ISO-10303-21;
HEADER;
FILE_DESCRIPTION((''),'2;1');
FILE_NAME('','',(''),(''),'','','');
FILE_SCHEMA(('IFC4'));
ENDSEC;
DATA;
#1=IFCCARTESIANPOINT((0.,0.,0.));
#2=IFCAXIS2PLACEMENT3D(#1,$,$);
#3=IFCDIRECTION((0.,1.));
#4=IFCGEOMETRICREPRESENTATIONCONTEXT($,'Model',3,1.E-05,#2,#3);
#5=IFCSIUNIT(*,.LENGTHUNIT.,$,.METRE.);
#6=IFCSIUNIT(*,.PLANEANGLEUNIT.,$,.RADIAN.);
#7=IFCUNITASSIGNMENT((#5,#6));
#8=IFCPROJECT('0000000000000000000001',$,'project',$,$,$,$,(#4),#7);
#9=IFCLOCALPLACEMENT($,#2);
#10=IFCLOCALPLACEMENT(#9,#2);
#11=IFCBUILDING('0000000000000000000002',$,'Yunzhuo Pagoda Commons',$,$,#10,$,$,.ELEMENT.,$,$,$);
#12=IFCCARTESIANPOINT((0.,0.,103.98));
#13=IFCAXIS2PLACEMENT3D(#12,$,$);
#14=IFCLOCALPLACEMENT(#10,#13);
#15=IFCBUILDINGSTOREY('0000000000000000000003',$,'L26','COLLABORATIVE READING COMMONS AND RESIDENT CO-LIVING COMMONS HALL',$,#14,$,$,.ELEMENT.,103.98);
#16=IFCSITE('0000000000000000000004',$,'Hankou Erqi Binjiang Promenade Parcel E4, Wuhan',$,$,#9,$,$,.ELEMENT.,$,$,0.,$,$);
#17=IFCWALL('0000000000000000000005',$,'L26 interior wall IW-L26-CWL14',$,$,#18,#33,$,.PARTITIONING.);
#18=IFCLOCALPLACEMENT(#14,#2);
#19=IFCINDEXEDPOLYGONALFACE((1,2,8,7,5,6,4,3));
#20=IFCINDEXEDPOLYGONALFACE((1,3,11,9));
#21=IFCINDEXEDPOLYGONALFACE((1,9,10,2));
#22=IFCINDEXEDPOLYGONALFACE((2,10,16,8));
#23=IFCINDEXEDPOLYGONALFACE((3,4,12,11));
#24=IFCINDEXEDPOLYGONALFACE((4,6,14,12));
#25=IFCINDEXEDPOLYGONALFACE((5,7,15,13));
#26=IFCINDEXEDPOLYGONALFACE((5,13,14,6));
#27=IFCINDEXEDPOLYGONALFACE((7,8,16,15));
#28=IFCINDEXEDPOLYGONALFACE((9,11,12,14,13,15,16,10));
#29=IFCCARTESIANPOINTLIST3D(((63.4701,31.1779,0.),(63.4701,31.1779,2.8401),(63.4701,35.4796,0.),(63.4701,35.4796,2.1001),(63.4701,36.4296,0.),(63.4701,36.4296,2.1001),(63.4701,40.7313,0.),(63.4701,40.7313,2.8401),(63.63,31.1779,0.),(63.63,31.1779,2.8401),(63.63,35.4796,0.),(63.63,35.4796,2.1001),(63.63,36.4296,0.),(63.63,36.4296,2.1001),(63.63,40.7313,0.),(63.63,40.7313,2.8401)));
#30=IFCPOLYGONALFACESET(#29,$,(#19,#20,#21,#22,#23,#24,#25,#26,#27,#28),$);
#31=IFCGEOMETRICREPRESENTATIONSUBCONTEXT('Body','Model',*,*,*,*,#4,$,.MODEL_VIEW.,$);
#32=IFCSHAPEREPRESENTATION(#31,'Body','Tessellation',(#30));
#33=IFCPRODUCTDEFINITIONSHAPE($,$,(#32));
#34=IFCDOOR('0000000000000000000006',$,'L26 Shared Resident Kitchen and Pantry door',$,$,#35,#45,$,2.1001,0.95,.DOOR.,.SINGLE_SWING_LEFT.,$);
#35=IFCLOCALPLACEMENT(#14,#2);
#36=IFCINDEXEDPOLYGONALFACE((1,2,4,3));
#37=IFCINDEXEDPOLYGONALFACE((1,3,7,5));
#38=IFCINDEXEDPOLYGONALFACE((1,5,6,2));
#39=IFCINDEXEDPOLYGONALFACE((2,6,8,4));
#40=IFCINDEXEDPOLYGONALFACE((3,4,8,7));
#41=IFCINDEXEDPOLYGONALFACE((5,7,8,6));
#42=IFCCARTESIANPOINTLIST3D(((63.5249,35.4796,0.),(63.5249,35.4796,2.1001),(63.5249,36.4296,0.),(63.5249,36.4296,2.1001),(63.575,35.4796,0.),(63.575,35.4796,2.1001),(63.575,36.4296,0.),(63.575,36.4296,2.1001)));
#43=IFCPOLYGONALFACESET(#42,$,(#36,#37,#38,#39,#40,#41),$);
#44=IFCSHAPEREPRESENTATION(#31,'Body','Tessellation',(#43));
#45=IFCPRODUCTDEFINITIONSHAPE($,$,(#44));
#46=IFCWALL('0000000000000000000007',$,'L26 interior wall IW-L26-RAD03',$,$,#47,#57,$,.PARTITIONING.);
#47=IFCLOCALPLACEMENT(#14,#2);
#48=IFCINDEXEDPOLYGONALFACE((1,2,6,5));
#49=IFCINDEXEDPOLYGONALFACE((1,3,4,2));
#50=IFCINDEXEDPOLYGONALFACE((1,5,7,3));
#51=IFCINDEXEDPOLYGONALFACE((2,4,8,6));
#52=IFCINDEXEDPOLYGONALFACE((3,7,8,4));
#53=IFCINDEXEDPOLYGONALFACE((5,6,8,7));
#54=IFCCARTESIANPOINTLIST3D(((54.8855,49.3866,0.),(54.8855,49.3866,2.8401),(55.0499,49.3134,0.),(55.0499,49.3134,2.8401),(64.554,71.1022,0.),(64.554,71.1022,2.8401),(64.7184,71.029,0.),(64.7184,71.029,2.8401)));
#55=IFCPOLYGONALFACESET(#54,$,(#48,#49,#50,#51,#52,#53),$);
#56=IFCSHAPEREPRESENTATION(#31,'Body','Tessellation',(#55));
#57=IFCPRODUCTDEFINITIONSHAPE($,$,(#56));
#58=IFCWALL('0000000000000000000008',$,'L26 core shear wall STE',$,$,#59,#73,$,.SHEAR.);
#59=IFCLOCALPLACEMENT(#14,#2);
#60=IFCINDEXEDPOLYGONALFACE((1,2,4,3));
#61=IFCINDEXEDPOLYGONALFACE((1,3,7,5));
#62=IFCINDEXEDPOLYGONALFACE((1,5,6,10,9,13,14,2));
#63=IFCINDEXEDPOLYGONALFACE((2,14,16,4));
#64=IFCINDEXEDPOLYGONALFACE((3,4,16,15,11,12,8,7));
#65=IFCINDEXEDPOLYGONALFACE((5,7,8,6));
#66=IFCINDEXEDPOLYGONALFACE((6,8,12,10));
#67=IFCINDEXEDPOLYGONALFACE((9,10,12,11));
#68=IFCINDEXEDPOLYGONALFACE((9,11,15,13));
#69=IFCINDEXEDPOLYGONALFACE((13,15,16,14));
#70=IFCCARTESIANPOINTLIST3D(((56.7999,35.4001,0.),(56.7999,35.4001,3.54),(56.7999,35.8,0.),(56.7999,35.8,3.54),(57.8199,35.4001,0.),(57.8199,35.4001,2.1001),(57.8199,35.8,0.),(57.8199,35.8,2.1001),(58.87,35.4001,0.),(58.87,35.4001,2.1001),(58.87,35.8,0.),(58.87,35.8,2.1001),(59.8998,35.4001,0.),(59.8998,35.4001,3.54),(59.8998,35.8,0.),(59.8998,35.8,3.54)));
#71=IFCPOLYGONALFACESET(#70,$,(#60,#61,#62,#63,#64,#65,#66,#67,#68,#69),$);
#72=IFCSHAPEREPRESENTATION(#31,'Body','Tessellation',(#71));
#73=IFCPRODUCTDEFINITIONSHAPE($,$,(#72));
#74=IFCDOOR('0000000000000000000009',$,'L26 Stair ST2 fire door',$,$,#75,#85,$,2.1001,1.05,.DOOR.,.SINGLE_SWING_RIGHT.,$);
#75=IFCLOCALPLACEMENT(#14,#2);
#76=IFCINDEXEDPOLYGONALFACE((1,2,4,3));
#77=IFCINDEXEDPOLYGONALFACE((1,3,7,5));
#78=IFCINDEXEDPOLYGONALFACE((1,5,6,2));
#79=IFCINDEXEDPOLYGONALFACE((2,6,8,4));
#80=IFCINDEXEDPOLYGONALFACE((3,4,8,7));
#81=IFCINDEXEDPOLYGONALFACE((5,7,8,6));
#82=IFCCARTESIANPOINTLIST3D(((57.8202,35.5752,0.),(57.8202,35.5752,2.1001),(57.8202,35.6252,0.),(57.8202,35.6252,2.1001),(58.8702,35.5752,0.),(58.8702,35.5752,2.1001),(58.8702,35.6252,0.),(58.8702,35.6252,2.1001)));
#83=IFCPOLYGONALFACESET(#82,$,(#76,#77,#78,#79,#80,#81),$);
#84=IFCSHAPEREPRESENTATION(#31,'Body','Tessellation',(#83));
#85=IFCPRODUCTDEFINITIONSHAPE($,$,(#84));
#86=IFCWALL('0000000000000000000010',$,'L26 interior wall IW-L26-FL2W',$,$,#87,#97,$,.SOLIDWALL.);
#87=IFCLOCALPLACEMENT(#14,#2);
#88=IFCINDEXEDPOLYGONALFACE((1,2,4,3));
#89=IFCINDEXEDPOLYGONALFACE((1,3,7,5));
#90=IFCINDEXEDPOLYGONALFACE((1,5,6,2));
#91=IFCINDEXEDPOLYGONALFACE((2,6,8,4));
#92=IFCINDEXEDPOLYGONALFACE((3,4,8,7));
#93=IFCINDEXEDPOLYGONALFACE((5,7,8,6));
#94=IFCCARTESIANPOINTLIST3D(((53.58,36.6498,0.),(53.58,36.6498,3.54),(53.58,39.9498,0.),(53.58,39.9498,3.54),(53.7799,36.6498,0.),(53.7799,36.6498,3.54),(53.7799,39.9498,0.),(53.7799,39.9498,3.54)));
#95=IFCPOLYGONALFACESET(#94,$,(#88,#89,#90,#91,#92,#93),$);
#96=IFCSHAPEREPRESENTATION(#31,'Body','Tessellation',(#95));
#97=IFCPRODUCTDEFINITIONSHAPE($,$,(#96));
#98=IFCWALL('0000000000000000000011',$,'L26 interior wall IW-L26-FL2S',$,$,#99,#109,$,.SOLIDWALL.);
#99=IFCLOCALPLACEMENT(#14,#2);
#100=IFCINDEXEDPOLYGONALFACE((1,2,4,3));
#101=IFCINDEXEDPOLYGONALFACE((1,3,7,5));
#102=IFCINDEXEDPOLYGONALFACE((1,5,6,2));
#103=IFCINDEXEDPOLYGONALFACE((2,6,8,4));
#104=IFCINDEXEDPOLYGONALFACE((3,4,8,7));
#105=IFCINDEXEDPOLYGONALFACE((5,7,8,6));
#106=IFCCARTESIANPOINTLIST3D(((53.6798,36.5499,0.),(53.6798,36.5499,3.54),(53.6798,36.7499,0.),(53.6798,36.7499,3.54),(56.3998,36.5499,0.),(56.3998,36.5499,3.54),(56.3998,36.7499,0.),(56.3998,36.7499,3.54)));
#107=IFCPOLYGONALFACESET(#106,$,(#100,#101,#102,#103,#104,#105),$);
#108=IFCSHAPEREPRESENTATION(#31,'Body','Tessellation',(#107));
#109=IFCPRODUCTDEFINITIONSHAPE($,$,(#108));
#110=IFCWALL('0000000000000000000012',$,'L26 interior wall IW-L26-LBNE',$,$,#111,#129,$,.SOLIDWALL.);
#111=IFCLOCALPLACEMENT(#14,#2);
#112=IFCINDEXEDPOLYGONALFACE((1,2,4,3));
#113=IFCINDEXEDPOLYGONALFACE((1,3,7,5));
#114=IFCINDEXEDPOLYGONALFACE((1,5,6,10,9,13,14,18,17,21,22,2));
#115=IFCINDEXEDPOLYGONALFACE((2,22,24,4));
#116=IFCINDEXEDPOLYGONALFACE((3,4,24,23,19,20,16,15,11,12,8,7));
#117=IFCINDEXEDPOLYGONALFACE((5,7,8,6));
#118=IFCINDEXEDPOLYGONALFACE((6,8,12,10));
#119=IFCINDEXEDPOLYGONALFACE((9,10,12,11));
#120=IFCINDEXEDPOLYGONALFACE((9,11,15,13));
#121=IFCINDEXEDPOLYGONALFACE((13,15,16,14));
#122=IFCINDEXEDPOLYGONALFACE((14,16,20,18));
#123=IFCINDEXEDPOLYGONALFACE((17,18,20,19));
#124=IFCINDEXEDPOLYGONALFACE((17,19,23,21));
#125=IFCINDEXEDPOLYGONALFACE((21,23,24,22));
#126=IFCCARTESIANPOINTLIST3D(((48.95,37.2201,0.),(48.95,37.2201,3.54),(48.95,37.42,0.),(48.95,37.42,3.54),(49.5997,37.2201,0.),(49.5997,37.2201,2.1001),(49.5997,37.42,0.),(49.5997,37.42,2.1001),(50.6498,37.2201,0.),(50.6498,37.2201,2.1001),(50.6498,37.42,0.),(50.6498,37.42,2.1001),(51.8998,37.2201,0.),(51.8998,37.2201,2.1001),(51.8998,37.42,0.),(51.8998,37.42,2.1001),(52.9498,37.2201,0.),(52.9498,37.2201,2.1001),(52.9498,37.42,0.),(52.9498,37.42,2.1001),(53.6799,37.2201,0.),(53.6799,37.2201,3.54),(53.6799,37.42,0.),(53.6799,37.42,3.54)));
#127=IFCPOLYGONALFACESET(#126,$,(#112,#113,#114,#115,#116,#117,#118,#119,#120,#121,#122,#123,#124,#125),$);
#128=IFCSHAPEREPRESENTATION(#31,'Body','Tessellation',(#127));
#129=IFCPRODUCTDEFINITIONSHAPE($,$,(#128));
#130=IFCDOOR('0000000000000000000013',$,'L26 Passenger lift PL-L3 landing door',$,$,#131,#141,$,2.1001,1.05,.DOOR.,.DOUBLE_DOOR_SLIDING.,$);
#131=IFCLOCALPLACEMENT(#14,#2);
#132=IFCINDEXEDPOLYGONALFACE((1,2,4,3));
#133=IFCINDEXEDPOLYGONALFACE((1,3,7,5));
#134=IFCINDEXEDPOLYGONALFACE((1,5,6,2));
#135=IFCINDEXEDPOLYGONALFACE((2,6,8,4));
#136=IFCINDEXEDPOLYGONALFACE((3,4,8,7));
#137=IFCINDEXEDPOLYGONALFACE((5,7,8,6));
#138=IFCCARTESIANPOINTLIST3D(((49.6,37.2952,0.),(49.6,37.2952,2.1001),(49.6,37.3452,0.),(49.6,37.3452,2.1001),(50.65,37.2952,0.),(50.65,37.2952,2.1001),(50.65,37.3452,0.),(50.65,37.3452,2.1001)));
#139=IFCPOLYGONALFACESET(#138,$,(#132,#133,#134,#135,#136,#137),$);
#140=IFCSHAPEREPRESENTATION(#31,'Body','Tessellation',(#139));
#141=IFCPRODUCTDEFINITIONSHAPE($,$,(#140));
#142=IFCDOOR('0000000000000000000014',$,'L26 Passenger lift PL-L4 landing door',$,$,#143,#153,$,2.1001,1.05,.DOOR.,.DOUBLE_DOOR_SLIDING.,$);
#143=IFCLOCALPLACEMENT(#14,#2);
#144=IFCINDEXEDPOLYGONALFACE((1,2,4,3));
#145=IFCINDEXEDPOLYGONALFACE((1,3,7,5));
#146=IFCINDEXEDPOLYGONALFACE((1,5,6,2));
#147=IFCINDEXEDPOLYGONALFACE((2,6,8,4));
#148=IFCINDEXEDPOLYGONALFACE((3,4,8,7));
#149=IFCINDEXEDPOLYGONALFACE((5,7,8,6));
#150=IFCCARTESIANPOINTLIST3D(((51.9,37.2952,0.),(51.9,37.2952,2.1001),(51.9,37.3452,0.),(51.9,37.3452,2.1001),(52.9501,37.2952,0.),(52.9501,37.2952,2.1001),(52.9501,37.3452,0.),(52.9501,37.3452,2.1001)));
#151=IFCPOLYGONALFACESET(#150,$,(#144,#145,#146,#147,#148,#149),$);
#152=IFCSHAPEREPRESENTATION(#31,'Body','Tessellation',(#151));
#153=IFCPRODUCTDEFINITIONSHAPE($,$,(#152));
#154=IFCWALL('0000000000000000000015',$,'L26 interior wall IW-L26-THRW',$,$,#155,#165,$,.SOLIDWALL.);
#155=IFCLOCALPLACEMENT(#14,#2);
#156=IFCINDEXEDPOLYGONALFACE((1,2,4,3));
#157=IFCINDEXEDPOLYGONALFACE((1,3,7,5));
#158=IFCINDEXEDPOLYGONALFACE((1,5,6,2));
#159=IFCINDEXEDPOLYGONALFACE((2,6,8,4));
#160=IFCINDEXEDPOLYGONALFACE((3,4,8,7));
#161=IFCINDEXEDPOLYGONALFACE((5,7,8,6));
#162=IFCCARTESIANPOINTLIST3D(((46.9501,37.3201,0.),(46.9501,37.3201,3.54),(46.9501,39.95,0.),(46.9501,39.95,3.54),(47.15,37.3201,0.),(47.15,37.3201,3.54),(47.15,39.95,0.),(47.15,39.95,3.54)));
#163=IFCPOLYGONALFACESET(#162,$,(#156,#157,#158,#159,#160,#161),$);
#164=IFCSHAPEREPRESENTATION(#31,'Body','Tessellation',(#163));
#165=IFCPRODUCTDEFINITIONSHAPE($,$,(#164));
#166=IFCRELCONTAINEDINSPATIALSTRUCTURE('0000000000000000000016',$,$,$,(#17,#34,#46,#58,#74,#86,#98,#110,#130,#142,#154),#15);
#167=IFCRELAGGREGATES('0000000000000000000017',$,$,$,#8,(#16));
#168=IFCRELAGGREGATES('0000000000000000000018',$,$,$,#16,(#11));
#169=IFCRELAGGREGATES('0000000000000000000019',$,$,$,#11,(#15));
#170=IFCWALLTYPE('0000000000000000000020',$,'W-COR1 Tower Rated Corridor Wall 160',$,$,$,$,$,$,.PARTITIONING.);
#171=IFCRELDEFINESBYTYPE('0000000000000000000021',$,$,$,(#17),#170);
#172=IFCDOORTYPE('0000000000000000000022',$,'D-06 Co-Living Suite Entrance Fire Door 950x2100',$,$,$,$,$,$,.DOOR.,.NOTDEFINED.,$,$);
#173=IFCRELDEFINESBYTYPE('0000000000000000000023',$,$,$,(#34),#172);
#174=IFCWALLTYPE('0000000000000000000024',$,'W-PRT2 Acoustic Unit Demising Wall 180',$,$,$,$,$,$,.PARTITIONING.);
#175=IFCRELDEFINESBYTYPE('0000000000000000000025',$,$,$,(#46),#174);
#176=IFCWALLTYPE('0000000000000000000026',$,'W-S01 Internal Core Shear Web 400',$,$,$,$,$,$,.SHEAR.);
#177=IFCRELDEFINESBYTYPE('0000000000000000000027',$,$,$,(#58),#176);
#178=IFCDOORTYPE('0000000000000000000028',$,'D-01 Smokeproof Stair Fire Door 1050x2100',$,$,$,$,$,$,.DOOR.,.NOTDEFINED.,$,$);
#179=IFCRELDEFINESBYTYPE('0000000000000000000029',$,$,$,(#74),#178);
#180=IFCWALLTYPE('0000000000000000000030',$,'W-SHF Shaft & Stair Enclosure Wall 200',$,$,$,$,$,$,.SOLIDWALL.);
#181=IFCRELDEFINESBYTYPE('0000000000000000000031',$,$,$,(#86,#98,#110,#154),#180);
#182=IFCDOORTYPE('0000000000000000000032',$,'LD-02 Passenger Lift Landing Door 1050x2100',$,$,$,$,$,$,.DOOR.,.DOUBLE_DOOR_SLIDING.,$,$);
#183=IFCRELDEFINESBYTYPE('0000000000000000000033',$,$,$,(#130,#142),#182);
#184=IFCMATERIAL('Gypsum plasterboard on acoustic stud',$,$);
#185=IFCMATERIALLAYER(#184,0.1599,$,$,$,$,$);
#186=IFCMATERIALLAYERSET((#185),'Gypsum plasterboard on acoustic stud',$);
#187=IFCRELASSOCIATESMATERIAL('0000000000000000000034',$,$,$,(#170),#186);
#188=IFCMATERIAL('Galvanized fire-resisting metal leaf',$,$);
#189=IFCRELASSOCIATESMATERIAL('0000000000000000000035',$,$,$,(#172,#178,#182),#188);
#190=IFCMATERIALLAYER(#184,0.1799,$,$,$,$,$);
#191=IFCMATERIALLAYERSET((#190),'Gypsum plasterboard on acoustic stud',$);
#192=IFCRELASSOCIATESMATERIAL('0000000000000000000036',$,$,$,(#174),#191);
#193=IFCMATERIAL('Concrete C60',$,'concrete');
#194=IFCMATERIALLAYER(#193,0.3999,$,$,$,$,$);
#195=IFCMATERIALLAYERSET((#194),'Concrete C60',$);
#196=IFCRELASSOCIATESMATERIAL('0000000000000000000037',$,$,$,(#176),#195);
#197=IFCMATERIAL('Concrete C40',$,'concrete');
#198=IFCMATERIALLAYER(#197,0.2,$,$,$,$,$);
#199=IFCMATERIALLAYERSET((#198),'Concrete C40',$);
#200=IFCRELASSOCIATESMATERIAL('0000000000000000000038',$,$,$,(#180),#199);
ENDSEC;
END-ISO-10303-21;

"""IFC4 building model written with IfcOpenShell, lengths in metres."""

from ifc_helpers import new_model, si_unit, direction, frame, frame_2d, origin, origin_with_axes, place, context, subcontext, project, spatial, rectangle, extrude, source, transform, mapped, material, layer, layer_set, type_object, element, fill, save


model = new_model("IFC4")

# Units and contexts
model_context = context("Model", 3, precision=1e-05, world=origin(), true_north=direction((0.0, 1.0)))
body_context = subcontext(model_context, "Body", "Model", "MODEL_VIEW")
ifc_project = project(units=[si_unit("LENGTHUNIT", "METRE"), si_unit("PLANEANGLEUNIT", "RADIAN")], contexts=[model_context])

# Site, building, storey
site_placement = place(None, origin())
site = spatial("IfcSite", under=ifc_project, at=site_placement, Name="Hankou Erqi Binjiang Promenade Parcel E4, Wuhan", CompositionType="ELEMENT", RefElevation=0.0)
building_placement = place(site_placement, origin())
building = spatial("IfcBuilding", under=site, at=building_placement, Name="Yunzhuo Pagoda Commons", CompositionType="ELEMENT")
storey_placement = place(building_placement, frame((0.0, 0.0, 103.98)))
storey = spatial("IfcBuildingStorey", under=building, at=storey_placement, Name="L26", Description="COLLABORATIVE READING COMMONS AND RESIDENT CO-LIVING COMMONS HALL", CompositionType="ELEMENT", Elevation=103.98)

# Shared definitions
ifc_material_1 = material(Name="Concrete C60", Category="concrete")
ifc_material_2 = material(Name="Galvanized fire-resisting metal leaf")
shared_shape_1 = source(origin(), body_context, "Body", "SweptSolid", [
    extrude(rectangle(XDim=1.05, YDim=2.1001, at=frame_2d((0.5249, 1.05))), frame((0.0, 0.0249, 0.0), z_axis=(0.0, -1.0, 0.0), x_axis=(1.0, 0.0, 0.0)), (0.0, 0.0, 1.0), 0.05),
])

# Shared definitions
ifc_material_3 = material(Name="Gypsum plasterboard on acoustic stud")
ifc_layer_1 = layer(ifc_material_3, 0.1599)
ifc_layer_set_1 = layer_set([ifc_layer_1], Name="Gypsum plasterboard on acoustic stud")
wall_type_1 = type_object("IfcWallType", Name="W-COR1 Tower Rated Corridor Wall 160", PredefinedType="PARTITIONING", material=ifc_layer_set_1)

# Wall, opening, door
door_type_1 = type_object("IfcDoorType", Name="D-06 Co-Living Suite Entrance Fire Door 950x2100", OperationType="NOTDEFINED", PredefinedType="DOOR", material=ifc_material_2)
shared_shape_2 = source(origin(), body_context, "Body", "SweptSolid", [
    extrude(rectangle(XDim=0.95, YDim=2.1001, at=frame_2d((0.4751, 1.05))), frame((0.0, 0.0249, 0.0), z_axis=(0.0, -1.0, 0.0), x_axis=(1.0, 0.0, 0.0)), (0.0, 0.0, 1.0), 0.05),
])
wall_1_placement = place(storey_placement, frame((63.55, 40.7314, 0.0), z_axis=(0.0, 0.0, 1.0), x_axis=(0.0, -1.0, 0.0)))
wall_1 = element("IfcWall", 1, at=wall_1_placement, inside=storey, type_object=wall_type_1, Name="L26 interior wall IW-L26-CWL14", PredefinedType="PARTITIONING", context=body_context, shape_type="SweptSolid", body=[
    extrude(rectangle(XDim=9.5535, YDim=0.1599, at=frame_2d((4.7769, 0.0))), origin(), (0.0, 0.0, 1.0), 2.8401),
])
opening_1_placement = place(wall_1_placement, frame((4.3018, 0.0, 0.0)))
opening_1 = element("IfcOpeningElement", 2, at=opening_1_placement, cuts=wall_1, PredefinedType="OPENING", context=body_context, shape_type="SweptSolid", body=[
    extrude(rectangle(XDim=0.95, YDim=2.1001, at=frame_2d((0.4751, 1.05))), frame((0.0, 0.0898, 0.0), z_axis=(0.0, -1.0, 0.0), x_axis=(1.0, 0.0, 0.0)), (0.0, 0.0, 1.0), 0.1799),
])
door_1_placement = place(opening_1_placement, origin_with_axes())
door_1 = element("IfcDoor", 3, at=door_1_placement, inside=storey, type_object=door_type_1, Name="L26 Shared Resident Kitchen and Pantry door", OperationType="SINGLE_SWING_LEFT", OverallHeight=2.1001, OverallWidth=0.95, PredefinedType="DOOR", context=body_context, shape_type="MappedRepresentation", body=[
    mapped(shared_shape_2, transform((0.0, 0.0, 0.0), scale=1.0)),
])
fill(opening_1, door_1)

# Wall
ifc_layer_2 = layer(ifc_material_3, 0.1799)
ifc_layer_set_2 = layer_set([ifc_layer_2], Name="Gypsum plasterboard on acoustic stud")
wall_type_2 = type_object("IfcWallType", Name="W-PRT2 Acoustic Unit Demising Wall 180", PredefinedType="PARTITIONING", material=ifc_layer_set_2)
wall_2_placement = place(storey_placement, frame((54.9678, 49.3501, 0.0), z_axis=(0.0, 0.0, 1.0), x_axis=(0.406739, 0.913545, 0.0)))
element("IfcWall", 4, at=wall_2_placement, inside=storey, type_object=wall_type_2, Name="L26 interior wall IW-L26-RAD03", PredefinedType="PARTITIONING", context=body_context, shape_type="SweptSolid", body=[
    extrude(rectangle(XDim=23.7708, YDim=0.1799, at=frame_2d((11.8853, 0.0))), origin(), (0.0, 0.0, 1.0), 2.8401),
])

# Wall, opening, door
ifc_layer_3 = layer(ifc_material_1, 0.3999)
ifc_layer_set_3 = layer_set([ifc_layer_3], Name="Concrete C60")
wall_type_3 = type_object("IfcWallType", Name="W-S01 Internal Core Shear Web 400", PredefinedType="SHEAR", material=ifc_layer_set_3)
wall_3_placement = place(storey_placement, frame((56.8, 35.6001, 0.0), z_axis=(0.0, 0.0, 1.0), x_axis=(1.0, 0.0, 0.0)))
wall_3 = element("IfcWall", 5, at=wall_3_placement, inside=storey, type_object=wall_type_3, Name="L26 core shear wall STE", PredefinedType="SHEAR", context=body_context, shape_type="SweptSolid", body=[
    extrude(rectangle(XDim=3.0999, YDim=0.3999, at=frame_2d((1.5498, 0.0))), origin(), (0.0, 0.0, 1.0), 3.54),
])
opening_2_placement = place(wall_3_placement, frame((1.02, 0.0, 0.0)))
opening_2 = element("IfcOpeningElement", 6, at=opening_2_placement, cuts=wall_3, PredefinedType="OPENING", context=body_context, shape_type="SweptSolid", body=[
    extrude(rectangle(XDim=1.05, YDim=2.1001, at=frame_2d((0.5249, 1.05))), frame((0.0, 0.21, 0.0), z_axis=(0.0, -1.0, 0.0), x_axis=(1.0, 0.0, 0.0)), (0.0, 0.0, 1.0), 0.4199),
])
door_type_2 = type_object("IfcDoorType", Name="D-01 Smokeproof Stair Fire Door 1050x2100", OperationType="NOTDEFINED", PredefinedType="DOOR", material=ifc_material_2)
door_2_placement = place(opening_2_placement, frame((1.05, 0.0, 0.0), z_axis=(0.0, 0.0, 1.0), x_axis=(-1.0, 0.0, 0.0)))
door_2 = element("IfcDoor", 7, at=door_2_placement, inside=storey, type_object=door_type_2, Name="L26 Stair ST2 fire door", OperationType="SINGLE_SWING_RIGHT", OverallHeight=2.1001, OverallWidth=1.05, PredefinedType="DOOR", context=body_context, shape_type="MappedRepresentation", body=[
    mapped(shared_shape_1, transform((0.0, 0.0, 0.0), scale=1.0)),
])
fill(opening_2, door_2)

# Walls
ifc_material_4 = material(Name="Concrete C40", Category="concrete")
ifc_layer_4 = layer(ifc_material_4, 0.2)
ifc_layer_set_4 = layer_set([ifc_layer_4], Name="Concrete C40")
wall_type_4 = type_object("IfcWallType", Name="W-SHF Shaft & Stair Enclosure Wall 200", PredefinedType="SOLIDWALL", material=ifc_layer_set_4)
wall_4_placement = place(storey_placement, frame((53.6799, 36.6499, 0.0), z_axis=(0.0, 0.0, 1.0), x_axis=(0.0, 1.0, 0.0)))
element("IfcWall", 8, at=wall_4_placement, inside=storey, type_object=wall_type_4, Name="L26 interior wall IW-L26-FL2W", PredefinedType="SOLIDWALL", context=body_context, shape_type="SweptSolid", body=[
    extrude(rectangle(XDim=3.3, YDim=0.2, at=frame_2d((1.6499, 0.0))), origin(), (0.0, 0.0, 1.0), 3.54),
])
wall_5_placement = place(storey_placement, frame((53.6799, 36.6499, 0.0), z_axis=(0.0, 0.0, 1.0), x_axis=(1.0, 0.0, 0.0)))
element("IfcWall", 9, at=wall_5_placement, inside=storey, type_object=wall_type_4, Name="L26 interior wall IW-L26-FL2S", PredefinedType="SOLIDWALL", context=body_context, shape_type="SweptSolid", body=[
    extrude(rectangle(XDim=2.72, YDim=0.2, at=frame_2d((1.3599, 0.0))), origin(), (0.0, 0.0, 1.0), 3.54),
])

# Wall, openings, doors
wall_6_placement = place(storey_placement, frame((48.95, 37.3201, 0.0), z_axis=(0.0, 0.0, 1.0), x_axis=(1.0, 0.0, 0.0)))
wall_6 = element("IfcWall", 10, at=wall_6_placement, inside=storey, type_object=wall_type_4, Name="L26 interior wall IW-L26-LBNE", PredefinedType="SOLIDWALL", context=body_context, shape_type="SweptSolid", body=[
    extrude(rectangle(XDim=4.73, YDim=0.2, at=frame_2d((2.365, 0.0))), origin(), (0.0, 0.0, 1.0), 3.54),
])
opening_3_placement = place(wall_6_placement, frame((0.6499, 0.0, 0.0)))
opening_3 = element("IfcOpeningElement", 11, at=opening_3_placement, cuts=wall_6, PredefinedType="OPENING", context=body_context, shape_type="SweptSolid", body=[
    extrude(rectangle(XDim=1.05, YDim=2.1001, at=frame_2d((0.5249, 1.05))), frame((0.0, 0.1099, 0.0), z_axis=(0.0, -1.0, 0.0), x_axis=(1.0, 0.0, 0.0)), (0.0, 0.0, 1.0), 0.22),
])
opening_4_placement = place(wall_6_placement, frame((2.95, 0.0, 0.0)))
opening_4 = element("IfcOpeningElement", 12, at=opening_4_placement, cuts=wall_6, PredefinedType="OPENING", context=body_context, shape_type="SweptSolid", body=[
    extrude(rectangle(XDim=1.05, YDim=2.1001, at=frame_2d((0.5249, 1.05))), frame((0.0, 0.1099, 0.0), z_axis=(0.0, -1.0, 0.0), x_axis=(1.0, 0.0, 0.0)), (0.0, 0.0, 1.0), 0.22),
])
door_type_3 = type_object("IfcDoorType", Name="LD-02 Passenger Lift Landing Door 1050x2100", OperationType="DOUBLE_DOOR_SLIDING", PredefinedType="DOOR", material=ifc_material_2)
door_3_placement = place(opening_3_placement, frame((1.05, 0.0, 0.0), z_axis=(0.0, 0.0, 1.0), x_axis=(-1.0, 0.0, 0.0)))
door_3 = element("IfcDoor", 13, at=door_3_placement, inside=storey, type_object=door_type_3, Name="L26 Passenger lift PL-L3 landing door", OperationType="DOUBLE_DOOR_SLIDING", OverallHeight=2.1001, OverallWidth=1.05, PredefinedType="DOOR", context=body_context, shape_type="MappedRepresentation", body=[
    mapped(shared_shape_1, transform((0.0, 0.0, 0.0), scale=1.0)),
])
fill(opening_3, door_3)
door_4_placement = place(opening_4_placement, frame((1.05, 0.0, 0.0), z_axis=(0.0, 0.0, 1.0), x_axis=(-1.0, 0.0, 0.0)))
door_4 = element("IfcDoor", 14, at=door_4_placement, inside=storey, type_object=door_type_3, Name="L26 Passenger lift PL-L4 landing door", OperationType="DOUBLE_DOOR_SLIDING", OverallHeight=2.1001, OverallWidth=1.05, PredefinedType="DOOR", context=body_context, shape_type="MappedRepresentation", body=[
    mapped(shared_shape_1, transform((0.0, 0.0, 0.0), scale=1.0)),
])
fill(opening_4, door_4)

# Wall
for number, where, z_axis, x_axis, name in (
    (15, (47.05, 37.3201, 0.0), (0.0, 0.0, 1.0), (0.0, 1.0, 0.0), "L26 interior wall IW-L26-THRW"),
):
    element("IfcWall", number, at=place(storey_placement, frame(where, z_axis=z_axis, x_axis=x_axis)), inside=storey, type_object=wall_type_4, Name=name, PredefinedType="SOLIDWALL", context=body_context, shape_type="SweptSolid", body=[
        extrude(rectangle(XDim=2.6299, YDim=0.2, at=frame_2d((1.3149, 0.0))), origin(), (0.0, 0.0, 1.0), 3.54),
    ])

save(model, "model.ifc")
